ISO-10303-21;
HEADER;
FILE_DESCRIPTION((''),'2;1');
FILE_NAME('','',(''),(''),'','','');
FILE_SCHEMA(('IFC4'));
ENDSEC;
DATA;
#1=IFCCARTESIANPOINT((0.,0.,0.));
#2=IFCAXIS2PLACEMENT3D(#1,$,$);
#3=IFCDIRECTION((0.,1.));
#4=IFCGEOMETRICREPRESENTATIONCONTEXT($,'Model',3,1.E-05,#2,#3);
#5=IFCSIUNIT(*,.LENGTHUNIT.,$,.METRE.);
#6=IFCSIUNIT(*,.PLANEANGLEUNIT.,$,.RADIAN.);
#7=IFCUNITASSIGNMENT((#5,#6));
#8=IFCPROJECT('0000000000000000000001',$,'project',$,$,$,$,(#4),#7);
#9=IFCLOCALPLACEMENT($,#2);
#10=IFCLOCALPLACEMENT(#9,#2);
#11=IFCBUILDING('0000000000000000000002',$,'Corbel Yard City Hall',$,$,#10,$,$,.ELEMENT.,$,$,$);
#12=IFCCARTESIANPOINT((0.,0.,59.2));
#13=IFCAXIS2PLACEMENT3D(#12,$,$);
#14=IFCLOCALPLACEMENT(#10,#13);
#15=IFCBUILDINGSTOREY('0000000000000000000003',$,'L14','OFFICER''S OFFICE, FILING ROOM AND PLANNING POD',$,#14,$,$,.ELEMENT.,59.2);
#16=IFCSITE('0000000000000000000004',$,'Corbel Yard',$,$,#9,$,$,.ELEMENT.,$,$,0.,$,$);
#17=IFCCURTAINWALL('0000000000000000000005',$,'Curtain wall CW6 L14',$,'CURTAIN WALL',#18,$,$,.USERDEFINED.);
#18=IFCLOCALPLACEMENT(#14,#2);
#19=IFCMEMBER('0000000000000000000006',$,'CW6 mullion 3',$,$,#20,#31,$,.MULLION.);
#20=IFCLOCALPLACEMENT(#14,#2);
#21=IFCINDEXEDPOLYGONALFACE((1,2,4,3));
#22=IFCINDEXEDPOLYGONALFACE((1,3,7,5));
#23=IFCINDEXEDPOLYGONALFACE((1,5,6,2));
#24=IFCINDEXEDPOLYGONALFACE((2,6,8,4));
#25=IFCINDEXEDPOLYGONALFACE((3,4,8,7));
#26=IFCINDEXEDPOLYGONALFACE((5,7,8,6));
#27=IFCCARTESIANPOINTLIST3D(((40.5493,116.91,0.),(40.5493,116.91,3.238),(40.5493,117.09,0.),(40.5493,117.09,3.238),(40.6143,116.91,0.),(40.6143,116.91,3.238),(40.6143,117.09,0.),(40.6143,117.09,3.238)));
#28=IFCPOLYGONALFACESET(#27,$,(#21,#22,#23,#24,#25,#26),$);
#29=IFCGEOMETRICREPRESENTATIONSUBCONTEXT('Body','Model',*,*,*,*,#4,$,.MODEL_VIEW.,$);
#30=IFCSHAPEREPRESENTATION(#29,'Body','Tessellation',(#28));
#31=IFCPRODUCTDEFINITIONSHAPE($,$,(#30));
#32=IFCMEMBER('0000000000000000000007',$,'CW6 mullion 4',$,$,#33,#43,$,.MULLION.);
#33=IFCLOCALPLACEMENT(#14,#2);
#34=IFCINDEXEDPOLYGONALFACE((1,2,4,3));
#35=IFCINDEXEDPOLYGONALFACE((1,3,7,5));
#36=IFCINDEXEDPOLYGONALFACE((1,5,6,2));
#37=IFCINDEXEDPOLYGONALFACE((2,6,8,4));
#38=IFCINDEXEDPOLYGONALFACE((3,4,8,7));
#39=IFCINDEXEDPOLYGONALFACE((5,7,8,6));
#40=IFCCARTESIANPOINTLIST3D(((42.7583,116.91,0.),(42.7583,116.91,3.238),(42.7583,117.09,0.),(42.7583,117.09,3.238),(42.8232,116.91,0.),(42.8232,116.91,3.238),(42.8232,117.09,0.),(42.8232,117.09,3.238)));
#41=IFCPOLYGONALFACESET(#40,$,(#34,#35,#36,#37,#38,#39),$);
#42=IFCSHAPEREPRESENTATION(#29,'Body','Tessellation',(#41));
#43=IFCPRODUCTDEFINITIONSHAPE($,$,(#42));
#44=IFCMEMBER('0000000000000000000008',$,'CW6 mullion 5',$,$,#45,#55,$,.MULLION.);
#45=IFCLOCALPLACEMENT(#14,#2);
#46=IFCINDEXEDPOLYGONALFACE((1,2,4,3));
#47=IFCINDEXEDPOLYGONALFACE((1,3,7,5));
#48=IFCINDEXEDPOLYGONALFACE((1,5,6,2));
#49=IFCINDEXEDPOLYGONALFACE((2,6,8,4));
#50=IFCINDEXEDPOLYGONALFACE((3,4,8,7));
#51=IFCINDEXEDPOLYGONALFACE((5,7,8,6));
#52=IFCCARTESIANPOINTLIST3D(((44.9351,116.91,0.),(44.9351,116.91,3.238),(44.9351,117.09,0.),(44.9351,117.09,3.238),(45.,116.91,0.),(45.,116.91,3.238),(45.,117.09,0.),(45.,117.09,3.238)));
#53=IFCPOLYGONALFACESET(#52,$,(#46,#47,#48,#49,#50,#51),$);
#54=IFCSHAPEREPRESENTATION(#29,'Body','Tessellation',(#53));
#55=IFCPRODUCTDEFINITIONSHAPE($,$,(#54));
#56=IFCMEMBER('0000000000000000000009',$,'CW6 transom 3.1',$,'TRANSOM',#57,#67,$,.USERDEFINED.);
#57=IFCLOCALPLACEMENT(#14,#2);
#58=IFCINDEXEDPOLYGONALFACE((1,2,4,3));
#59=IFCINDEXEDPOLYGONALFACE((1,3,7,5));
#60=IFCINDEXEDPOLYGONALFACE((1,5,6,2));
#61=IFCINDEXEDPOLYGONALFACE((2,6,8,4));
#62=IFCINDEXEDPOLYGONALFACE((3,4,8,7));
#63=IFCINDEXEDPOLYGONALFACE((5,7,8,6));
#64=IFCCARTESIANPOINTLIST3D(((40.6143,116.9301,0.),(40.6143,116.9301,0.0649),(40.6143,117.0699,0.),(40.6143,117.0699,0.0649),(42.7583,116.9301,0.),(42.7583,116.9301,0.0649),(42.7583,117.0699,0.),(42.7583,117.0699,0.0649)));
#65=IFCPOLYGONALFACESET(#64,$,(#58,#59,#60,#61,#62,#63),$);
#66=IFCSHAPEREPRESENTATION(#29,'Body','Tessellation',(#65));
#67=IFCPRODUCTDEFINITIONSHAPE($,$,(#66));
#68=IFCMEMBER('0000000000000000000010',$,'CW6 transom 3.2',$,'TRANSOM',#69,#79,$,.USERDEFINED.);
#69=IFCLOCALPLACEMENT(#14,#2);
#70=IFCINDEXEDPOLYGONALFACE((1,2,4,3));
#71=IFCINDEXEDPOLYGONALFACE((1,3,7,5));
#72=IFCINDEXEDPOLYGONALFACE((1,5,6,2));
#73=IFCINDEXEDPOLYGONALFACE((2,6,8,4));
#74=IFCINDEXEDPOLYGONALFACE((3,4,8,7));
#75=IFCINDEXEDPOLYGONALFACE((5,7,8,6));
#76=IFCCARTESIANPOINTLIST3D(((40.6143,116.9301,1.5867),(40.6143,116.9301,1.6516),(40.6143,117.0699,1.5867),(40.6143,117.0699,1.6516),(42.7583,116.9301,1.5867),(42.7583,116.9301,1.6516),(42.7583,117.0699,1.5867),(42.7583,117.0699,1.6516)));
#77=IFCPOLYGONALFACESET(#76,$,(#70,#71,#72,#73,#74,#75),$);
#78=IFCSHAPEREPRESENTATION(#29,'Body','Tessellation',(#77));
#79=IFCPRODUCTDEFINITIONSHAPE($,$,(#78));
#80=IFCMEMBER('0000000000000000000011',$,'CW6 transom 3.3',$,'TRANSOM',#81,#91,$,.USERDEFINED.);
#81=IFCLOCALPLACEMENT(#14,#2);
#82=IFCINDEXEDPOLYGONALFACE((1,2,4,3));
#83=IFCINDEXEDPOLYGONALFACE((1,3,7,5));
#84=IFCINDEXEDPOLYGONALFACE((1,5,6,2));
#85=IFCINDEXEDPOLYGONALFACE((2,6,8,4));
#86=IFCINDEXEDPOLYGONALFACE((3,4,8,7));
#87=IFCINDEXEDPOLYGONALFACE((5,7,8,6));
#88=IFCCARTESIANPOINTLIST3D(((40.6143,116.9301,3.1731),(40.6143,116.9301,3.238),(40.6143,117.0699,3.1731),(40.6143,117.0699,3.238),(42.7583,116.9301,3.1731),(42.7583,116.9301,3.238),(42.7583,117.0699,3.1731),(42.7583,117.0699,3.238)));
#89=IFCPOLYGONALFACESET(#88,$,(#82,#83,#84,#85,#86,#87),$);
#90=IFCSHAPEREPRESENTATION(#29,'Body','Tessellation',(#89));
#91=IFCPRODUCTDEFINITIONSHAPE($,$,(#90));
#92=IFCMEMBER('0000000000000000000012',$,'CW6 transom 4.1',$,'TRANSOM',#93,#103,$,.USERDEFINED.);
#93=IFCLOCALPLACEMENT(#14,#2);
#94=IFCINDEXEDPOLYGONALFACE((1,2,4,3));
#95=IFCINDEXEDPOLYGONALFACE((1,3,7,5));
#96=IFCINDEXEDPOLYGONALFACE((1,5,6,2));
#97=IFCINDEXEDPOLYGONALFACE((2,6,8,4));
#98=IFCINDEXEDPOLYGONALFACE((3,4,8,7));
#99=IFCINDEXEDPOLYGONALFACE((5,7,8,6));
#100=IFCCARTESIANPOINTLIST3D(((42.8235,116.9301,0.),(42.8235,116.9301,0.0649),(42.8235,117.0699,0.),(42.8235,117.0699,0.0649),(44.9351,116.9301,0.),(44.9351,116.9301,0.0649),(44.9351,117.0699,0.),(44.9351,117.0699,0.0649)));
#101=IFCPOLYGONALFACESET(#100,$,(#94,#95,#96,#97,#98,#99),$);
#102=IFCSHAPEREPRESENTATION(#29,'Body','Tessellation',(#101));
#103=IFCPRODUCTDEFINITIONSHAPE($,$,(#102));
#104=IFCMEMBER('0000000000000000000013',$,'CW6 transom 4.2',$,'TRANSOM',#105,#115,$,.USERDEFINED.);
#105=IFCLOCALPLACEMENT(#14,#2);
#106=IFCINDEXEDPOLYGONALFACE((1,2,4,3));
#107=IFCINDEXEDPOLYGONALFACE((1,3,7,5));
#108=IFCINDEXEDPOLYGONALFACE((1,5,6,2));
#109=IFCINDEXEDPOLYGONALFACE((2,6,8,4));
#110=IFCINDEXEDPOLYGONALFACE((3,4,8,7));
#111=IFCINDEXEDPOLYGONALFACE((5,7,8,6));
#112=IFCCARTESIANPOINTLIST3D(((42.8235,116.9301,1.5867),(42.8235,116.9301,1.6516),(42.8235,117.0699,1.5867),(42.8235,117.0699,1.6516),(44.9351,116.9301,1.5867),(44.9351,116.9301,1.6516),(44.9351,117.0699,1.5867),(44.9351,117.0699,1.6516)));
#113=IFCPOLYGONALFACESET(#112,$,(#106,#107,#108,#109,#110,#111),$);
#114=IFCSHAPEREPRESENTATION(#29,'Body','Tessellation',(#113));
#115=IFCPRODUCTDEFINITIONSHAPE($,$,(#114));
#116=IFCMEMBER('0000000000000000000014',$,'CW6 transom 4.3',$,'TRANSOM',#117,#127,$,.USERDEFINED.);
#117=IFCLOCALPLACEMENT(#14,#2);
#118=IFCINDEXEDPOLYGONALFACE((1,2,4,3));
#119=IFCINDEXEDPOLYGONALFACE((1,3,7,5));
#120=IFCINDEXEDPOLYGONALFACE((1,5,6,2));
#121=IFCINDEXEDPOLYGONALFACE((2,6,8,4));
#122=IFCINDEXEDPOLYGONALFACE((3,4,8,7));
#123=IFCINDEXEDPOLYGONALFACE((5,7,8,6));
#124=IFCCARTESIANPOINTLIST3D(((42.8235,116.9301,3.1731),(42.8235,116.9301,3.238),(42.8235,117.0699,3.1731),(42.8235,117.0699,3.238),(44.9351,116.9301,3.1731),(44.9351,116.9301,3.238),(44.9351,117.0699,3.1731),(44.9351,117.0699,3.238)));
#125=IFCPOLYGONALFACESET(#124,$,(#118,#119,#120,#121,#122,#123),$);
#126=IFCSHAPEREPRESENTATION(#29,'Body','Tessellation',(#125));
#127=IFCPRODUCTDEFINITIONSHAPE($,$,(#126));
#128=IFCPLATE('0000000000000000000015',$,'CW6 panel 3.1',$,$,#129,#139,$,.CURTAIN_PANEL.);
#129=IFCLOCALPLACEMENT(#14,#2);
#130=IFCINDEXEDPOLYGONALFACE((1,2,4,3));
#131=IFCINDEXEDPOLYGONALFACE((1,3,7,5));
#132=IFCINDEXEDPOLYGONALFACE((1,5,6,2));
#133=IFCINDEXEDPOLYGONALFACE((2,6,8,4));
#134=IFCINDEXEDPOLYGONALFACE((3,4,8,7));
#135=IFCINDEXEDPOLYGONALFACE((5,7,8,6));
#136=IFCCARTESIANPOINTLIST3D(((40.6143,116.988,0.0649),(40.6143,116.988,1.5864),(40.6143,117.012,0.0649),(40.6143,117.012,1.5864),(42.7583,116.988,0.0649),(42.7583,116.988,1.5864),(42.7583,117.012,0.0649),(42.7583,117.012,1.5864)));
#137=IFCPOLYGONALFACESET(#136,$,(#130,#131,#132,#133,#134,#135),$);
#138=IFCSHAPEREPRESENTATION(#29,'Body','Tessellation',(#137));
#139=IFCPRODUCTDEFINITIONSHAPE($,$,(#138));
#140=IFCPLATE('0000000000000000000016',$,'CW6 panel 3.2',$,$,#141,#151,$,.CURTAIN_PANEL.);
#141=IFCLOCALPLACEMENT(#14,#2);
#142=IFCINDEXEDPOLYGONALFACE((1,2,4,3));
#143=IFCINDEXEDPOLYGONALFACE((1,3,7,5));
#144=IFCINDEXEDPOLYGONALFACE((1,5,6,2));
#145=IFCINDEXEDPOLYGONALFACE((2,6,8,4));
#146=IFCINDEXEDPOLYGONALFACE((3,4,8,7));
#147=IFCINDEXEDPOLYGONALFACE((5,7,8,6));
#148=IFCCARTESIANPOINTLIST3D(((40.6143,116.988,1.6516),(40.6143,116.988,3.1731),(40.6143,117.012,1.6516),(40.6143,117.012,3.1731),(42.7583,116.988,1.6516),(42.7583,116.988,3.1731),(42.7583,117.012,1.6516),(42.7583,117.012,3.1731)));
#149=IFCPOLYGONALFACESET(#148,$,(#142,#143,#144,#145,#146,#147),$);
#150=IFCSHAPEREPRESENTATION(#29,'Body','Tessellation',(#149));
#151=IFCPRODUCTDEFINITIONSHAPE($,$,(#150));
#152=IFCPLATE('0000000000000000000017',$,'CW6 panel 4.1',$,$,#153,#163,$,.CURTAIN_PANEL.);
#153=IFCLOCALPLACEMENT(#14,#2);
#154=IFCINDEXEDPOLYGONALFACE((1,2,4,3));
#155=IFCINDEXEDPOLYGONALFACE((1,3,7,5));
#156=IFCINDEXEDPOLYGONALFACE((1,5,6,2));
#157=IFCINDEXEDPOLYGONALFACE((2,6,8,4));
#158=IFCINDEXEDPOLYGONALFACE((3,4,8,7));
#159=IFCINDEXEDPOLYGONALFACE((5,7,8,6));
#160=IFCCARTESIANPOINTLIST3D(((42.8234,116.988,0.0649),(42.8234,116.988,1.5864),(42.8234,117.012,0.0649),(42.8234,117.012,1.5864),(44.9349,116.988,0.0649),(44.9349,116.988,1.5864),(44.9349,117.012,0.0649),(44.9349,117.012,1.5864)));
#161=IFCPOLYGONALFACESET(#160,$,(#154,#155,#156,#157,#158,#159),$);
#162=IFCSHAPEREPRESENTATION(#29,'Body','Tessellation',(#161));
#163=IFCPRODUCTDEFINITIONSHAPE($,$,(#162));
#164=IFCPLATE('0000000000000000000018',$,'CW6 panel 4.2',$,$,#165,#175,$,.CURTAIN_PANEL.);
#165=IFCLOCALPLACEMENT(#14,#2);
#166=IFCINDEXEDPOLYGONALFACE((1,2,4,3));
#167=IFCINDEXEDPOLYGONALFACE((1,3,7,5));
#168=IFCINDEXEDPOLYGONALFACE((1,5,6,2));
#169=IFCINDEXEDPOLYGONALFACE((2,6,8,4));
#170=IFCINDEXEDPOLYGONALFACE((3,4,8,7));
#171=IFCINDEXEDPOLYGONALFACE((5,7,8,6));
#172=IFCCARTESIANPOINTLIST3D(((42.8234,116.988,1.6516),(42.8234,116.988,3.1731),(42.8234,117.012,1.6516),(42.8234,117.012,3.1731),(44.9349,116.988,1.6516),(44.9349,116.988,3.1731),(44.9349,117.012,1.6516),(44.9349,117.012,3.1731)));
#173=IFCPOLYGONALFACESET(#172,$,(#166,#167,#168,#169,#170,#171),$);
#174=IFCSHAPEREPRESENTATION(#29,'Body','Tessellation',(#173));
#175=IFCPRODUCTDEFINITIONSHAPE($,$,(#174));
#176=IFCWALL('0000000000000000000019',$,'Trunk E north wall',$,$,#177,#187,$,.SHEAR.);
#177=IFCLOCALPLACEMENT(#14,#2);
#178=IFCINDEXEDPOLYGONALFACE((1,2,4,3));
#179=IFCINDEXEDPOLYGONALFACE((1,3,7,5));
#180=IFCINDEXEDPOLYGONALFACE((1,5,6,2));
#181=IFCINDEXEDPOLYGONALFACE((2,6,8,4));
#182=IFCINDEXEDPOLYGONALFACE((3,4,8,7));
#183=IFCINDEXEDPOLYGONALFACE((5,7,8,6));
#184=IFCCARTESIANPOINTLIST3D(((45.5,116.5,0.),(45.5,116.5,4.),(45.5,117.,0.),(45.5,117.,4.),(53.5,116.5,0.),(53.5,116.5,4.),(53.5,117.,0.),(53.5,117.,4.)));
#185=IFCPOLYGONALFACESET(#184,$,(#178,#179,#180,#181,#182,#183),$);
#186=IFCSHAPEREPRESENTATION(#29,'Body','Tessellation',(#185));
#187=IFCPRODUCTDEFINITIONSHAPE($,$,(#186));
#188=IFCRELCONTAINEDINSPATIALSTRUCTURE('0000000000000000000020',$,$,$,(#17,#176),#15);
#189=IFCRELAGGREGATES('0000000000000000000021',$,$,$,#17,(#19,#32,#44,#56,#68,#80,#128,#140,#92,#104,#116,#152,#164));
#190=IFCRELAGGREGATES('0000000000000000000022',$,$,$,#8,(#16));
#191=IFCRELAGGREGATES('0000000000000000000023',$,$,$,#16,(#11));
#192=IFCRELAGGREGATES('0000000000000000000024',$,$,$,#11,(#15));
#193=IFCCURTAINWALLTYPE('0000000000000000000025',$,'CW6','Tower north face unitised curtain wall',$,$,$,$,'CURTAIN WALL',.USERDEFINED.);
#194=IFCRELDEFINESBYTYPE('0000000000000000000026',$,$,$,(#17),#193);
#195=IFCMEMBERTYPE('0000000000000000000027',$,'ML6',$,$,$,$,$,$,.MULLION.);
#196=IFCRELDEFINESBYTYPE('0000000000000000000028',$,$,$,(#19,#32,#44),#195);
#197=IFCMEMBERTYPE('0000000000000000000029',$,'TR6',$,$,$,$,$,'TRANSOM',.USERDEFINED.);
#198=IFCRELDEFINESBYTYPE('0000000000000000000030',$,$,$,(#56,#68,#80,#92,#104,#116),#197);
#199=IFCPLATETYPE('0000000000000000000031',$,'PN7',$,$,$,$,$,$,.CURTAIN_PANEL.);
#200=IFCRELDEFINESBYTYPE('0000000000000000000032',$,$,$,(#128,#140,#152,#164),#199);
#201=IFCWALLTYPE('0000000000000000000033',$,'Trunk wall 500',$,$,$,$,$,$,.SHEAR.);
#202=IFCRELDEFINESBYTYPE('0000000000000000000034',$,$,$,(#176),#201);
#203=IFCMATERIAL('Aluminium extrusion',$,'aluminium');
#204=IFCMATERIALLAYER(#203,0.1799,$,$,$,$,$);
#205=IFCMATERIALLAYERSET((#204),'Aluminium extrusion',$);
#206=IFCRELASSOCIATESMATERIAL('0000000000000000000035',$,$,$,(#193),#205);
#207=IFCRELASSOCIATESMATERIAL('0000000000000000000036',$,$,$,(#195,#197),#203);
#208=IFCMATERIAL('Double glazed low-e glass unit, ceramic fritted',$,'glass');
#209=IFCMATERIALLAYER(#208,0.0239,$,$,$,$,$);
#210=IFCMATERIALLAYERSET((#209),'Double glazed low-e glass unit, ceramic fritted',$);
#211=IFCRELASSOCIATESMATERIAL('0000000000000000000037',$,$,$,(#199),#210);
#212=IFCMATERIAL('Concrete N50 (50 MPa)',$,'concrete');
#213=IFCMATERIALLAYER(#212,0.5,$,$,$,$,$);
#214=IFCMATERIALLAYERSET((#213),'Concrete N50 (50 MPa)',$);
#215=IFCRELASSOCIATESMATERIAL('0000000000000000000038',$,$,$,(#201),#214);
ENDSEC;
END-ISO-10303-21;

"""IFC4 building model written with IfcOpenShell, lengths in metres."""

from ifc_helpers import new_model, si_unit, direction, frame, frame_2d, origin, origin_2d, place, context, subcontext, project, spatial, rectangle, extrude, material, layer, layer_set, material_profile, profile_set, type_object, element, aggregate, save


model = new_model("IFC4")

# Units and contexts
model_context = context("Model", 3, precision=1e-05, world=origin(), true_north=direction((0.0, 1.0)))
body_context = subcontext(model_context, "Body", "Model", "MODEL_VIEW")
ifc_project = project(units=[si_unit("LENGTHUNIT", "METRE"), si_unit("PLANEANGLEUNIT", "RADIAN")], contexts=[model_context])

# Site, building, storey
site_placement = place(None, origin())
site = spatial("IfcSite", under=ifc_project, at=site_placement, Name="Corbel Yard", CompositionType="ELEMENT", RefElevation=0.0)
building_placement = place(site_placement, origin())
building = spatial("IfcBuilding", under=site, at=building_placement, Name="Corbel Yard City Hall", CompositionType="ELEMENT")
storey_placement = place(building_placement, frame((0.0, 0.0, 59.2)))
storey = spatial("IfcBuildingStorey", under=building, at=storey_placement, Name="L14", Description="OFFICER'S OFFICE, FILING ROOM AND PLANNING POD", CompositionType="ELEMENT", Elevation=59.2)

# Curtain wall, members, plates
ifc_material_1 = material(Name="Aluminium extrusion", Category="aluminium")
ifc_layer_1 = layer(ifc_material_1, 0.1799)
ifc_layer_set_1 = layer_set([ifc_layer_1], Name="Aluminium extrusion")
curtain_wall_type = type_object("IfcCurtainWallType", Name="CW6", Description="Tower north face unitised curtain wall", ElementType="CURTAIN WALL", PredefinedType="USERDEFINED", material=ifc_layer_set_1)
curtain_wall_placement = place(storey_placement, origin())
curtain_wall = element("IfcCurtainWall", 1, at=curtain_wall_placement, inside=storey, type_object=curtain_wall_type, Name="Curtain wall CW6 L14", ObjectType="CURTAIN WALL", PredefinedType="USERDEFINED")
ifc_material_profile_1 = material_profile(ifc_material_1, rectangle(XDim=0.1799, YDim=0.0649, at=origin_2d()), Name="180x65")
ifc_profile_set_1 = profile_set([ifc_material_profile_1], Name="Aluminium extrusion")
member_type_1 = type_object("IfcMemberType", Name="ML6", PredefinedType="MULLION", material=ifc_profile_set_1)
member_1_placement = place(storey_placement, frame((40.5818, 117.0, 0.0), z_axis=(0.0, 0.0, 1.0), x_axis=(0.0, 1.0, 0.0)))
member_1 = element("IfcMember", 2, at=member_1_placement, type_object=member_type_1, Name="CW6 mullion 3", PredefinedType="MULLION", context=body_context, shape_type="SweptSolid", body=[
    extrude(rectangle(XDim=0.1799, YDim=0.0649, at=origin_2d()), origin(), (0.0, 0.0, 1.0), 3.238),
])
member_2_placement = place(storey_placement, frame((42.7908, 117.0, 0.0), z_axis=(0.0, 0.0, 1.0), x_axis=(0.0, 1.0, 0.0)))
member_2 = element("IfcMember", 3, at=member_2_placement, type_object=member_type_1, Name="CW6 mullion 4", PredefinedType="MULLION", context=body_context, shape_type="SweptSolid", body=[
    extrude(rectangle(XDim=0.1799, YDim=0.0649, at=origin_2d()), origin(), (0.0, 0.0, 1.0), 3.238),
])
member_3_placement = place(storey_placement, frame((44.9675, 117.0, 0.0), z_axis=(0.0, 0.0, 1.0), x_axis=(0.0, 1.0, 0.0)))
member_3 = element("IfcMember", 4, at=member_3_placement, type_object=member_type_1, Name="CW6 mullion 5", PredefinedType="MULLION", context=body_context, shape_type="SweptSolid", body=[
    extrude(rectangle(XDim=0.1799, YDim=0.0649, at=origin_2d()), origin(), (0.0, 0.0, 1.0), 3.238),
])
ifc_material_profile_2 = material_profile(ifc_material_1, rectangle(XDim=0.1399, YDim=0.0649, at=origin_2d()), Name="140x65")
ifc_profile_set_2 = profile_set([ifc_material_profile_2], Name="Aluminium extrusion")
member_type_2 = type_object("IfcMemberType", Name="TR6", ElementType="TRANSOM", PredefinedType="USERDEFINED", material=ifc_profile_set_2)
member_4_placement = place(storey_placement, frame((40.6143, 117.0, 0.0325), z_axis=(1.0, 0.0, 0.0), x_axis=(0.0, 1.0, 0.0)))
member_4 = element("IfcMember", 5, at=member_4_placement, type_object=member_type_2, Name="CW6 transom 3.1", ObjectType="TRANSOM", PredefinedType="USERDEFINED", context=body_context, shape_type="SweptSolid", body=[
    extrude(rectangle(XDim=0.1399, YDim=0.0649, at=origin_2d()), origin(), (0.0, 0.0, 1.0), 2.144),
])
member_5_placement = place(storey_placement, frame((40.6143, 117.0, 1.6191), z_axis=(1.0, 0.0, 0.0), x_axis=(0.0, 1.0, 0.0)))
member_5 = element("IfcMember", 6, at=member_5_placement, type_object=member_type_2, Name="CW6 transom 3.2", ObjectType="TRANSOM", PredefinedType="USERDEFINED", context=body_context, shape_type="SweptSolid", body=[
    extrude(rectangle(XDim=0.1399, YDim=0.0649, at=origin_2d()), origin(), (0.0, 0.0, 1.0), 2.144),
])
member_6_placement = place(storey_placement, frame((40.6143, 117.0, 3.2056), z_axis=(1.0, 0.0, 0.0), x_axis=(0.0, 1.0, 0.0)))
member_6 = element("IfcMember", 7, at=member_6_placement, type_object=member_type_2, Name="CW6 transom 3.3", ObjectType="TRANSOM", PredefinedType="USERDEFINED", context=body_context, shape_type="SweptSolid", body=[
    extrude(rectangle(XDim=0.1399, YDim=0.0649, at=origin_2d()), origin(), (0.0, 0.0, 1.0), 2.144),
])
member_7_placement = place(storey_placement, frame((42.8235, 117.0, 0.0325), z_axis=(1.0, 0.0, 0.0), x_axis=(0.0, 1.0, 0.0)))
member_7 = element("IfcMember", 8, at=member_7_placement, type_object=member_type_2, Name="CW6 transom 4.1", ObjectType="TRANSOM", PredefinedType="USERDEFINED", context=body_context, shape_type="SweptSolid", body=[
    extrude(rectangle(XDim=0.1399, YDim=0.0649, at=origin_2d()), origin(), (0.0, 0.0, 1.0), 2.1116),
])
member_8_placement = place(storey_placement, frame((42.8235, 117.0, 1.6191), z_axis=(1.0, 0.0, 0.0), x_axis=(0.0, 1.0, 0.0)))
member_8 = element("IfcMember", 9, at=member_8_placement, type_object=member_type_2, Name="CW6 transom 4.2", ObjectType="TRANSOM", PredefinedType="USERDEFINED", context=body_context, shape_type="SweptSolid", body=[
    extrude(rectangle(XDim=0.1399, YDim=0.0649, at=origin_2d()), origin(), (0.0, 0.0, 1.0), 2.1116),
])
member_9_placement = place(storey_placement, frame((42.8235, 117.0, 3.2056), z_axis=(1.0, 0.0, 0.0), x_axis=(0.0, 1.0, 0.0)))
member_9 = element("IfcMember", 10, at=member_9_placement, type_object=member_type_2, Name="CW6 transom 4.3", ObjectType="TRANSOM", PredefinedType="USERDEFINED", context=body_context, shape_type="SweptSolid", body=[
    extrude(rectangle(XDim=0.1399, YDim=0.0649, at=origin_2d()), origin(), (0.0, 0.0, 1.0), 2.1116),
])
ifc_material_2 = material(Name="Double glazed low-e glass unit, ceramic fritted", Category="glass")
ifc_layer_2 = layer(ifc_material_2, 0.0239)
ifc_layer_set_2 = layer_set([ifc_layer_2], Name="Double glazed low-e glass unit, ceramic fritted")
plate_type = type_object("IfcPlateType", Name="PN7", PredefinedType="CURTAIN_PANEL", material=ifc_layer_set_2)
plate_1_placement = place(storey_placement, frame((41.6863, 117.0, 0.0649), z_axis=(0.0, 0.0, 1.0), x_axis=(1.0, 0.0, 0.0)))
plate_1 = element("IfcPlate", 11, at=plate_1_placement, type_object=plate_type, Name="CW6 panel 3.1", PredefinedType="CURTAIN_PANEL", context=body_context, shape_type="SweptSolid", body=[
    extrude(rectangle(XDim=2.144, YDim=0.0239, at=origin_2d()), origin(), (0.0, 0.0, 1.0), 1.5215),
])
plate_2_placement = place(storey_placement, frame((41.6863, 117.0, 1.6516), z_axis=(0.0, 0.0, 1.0), x_axis=(1.0, 0.0, 0.0)))
plate_2 = element("IfcPlate", 12, at=plate_2_placement, type_object=plate_type, Name="CW6 panel 3.2", PredefinedType="CURTAIN_PANEL", context=body_context, shape_type="SweptSolid", body=[
    extrude(rectangle(XDim=2.144, YDim=0.0239, at=origin_2d()), origin(), (0.0, 0.0, 1.0), 1.5215),
])
plate_3_placement = place(storey_placement, frame((43.8792, 117.0, 0.0649), z_axis=(0.0, 0.0, 1.0), x_axis=(1.0, 0.0, 0.0)))
plate_3 = element("IfcPlate", 13, at=plate_3_placement, type_object=plate_type, Name="CW6 panel 4.1", PredefinedType="CURTAIN_PANEL", context=body_context, shape_type="SweptSolid", body=[
    extrude(rectangle(XDim=2.1116, YDim=0.0239, at=origin_2d()), origin(), (0.0, 0.0, 1.0), 1.5215),
])
plate_4_placement = place(storey_placement, frame((43.8792, 117.0, 1.6516), z_axis=(0.0, 0.0, 1.0), x_axis=(1.0, 0.0, 0.0)))
plate_4 = element("IfcPlate", 14, at=plate_4_placement, type_object=plate_type, Name="CW6 panel 4.2", PredefinedType="CURTAIN_PANEL", context=body_context, shape_type="SweptSolid", body=[
    extrude(rectangle(XDim=2.1116, YDim=0.0239, at=origin_2d()), origin(), (0.0, 0.0, 1.0), 1.5215),
])
aggregate(curtain_wall, [member_1, member_2, member_3, member_4, member_5, member_6, plate_1, plate_2, member_7, member_8, member_9, plate_3, plate_4])

# Wall
ifc_material_3 = material(Name="Concrete N50 (50 MPa)", Category="concrete")
ifc_layer_3 = layer(ifc_material_3, 0.5)
ifc_layer_set_3 = layer_set([ifc_layer_3], Name="Concrete N50 (50 MPa)")
wall_type = type_object("IfcWallType", Name="Trunk wall 500", PredefinedType="SHEAR", material=ifc_layer_set_3)
wall_placement = place(storey_placement, frame((45.5, 116.75, 0.0), z_axis=(0.0, 0.0, 1.0), x_axis=(1.0, 0.0, 0.0)))
element("IfcWall", 15, at=wall_placement, inside=storey, type_object=wall_type, Name="Trunk E north wall", PredefinedType="SHEAR", context=body_context, shape_type="SweptSolid", body=[
    extrude(rectangle(XDim=8.0, YDim=0.5, at=frame_2d((4.0, 0.0))), origin(), (0.0, 0.0, 1.0), 4.0),
])

save(model, "model.ifc")
